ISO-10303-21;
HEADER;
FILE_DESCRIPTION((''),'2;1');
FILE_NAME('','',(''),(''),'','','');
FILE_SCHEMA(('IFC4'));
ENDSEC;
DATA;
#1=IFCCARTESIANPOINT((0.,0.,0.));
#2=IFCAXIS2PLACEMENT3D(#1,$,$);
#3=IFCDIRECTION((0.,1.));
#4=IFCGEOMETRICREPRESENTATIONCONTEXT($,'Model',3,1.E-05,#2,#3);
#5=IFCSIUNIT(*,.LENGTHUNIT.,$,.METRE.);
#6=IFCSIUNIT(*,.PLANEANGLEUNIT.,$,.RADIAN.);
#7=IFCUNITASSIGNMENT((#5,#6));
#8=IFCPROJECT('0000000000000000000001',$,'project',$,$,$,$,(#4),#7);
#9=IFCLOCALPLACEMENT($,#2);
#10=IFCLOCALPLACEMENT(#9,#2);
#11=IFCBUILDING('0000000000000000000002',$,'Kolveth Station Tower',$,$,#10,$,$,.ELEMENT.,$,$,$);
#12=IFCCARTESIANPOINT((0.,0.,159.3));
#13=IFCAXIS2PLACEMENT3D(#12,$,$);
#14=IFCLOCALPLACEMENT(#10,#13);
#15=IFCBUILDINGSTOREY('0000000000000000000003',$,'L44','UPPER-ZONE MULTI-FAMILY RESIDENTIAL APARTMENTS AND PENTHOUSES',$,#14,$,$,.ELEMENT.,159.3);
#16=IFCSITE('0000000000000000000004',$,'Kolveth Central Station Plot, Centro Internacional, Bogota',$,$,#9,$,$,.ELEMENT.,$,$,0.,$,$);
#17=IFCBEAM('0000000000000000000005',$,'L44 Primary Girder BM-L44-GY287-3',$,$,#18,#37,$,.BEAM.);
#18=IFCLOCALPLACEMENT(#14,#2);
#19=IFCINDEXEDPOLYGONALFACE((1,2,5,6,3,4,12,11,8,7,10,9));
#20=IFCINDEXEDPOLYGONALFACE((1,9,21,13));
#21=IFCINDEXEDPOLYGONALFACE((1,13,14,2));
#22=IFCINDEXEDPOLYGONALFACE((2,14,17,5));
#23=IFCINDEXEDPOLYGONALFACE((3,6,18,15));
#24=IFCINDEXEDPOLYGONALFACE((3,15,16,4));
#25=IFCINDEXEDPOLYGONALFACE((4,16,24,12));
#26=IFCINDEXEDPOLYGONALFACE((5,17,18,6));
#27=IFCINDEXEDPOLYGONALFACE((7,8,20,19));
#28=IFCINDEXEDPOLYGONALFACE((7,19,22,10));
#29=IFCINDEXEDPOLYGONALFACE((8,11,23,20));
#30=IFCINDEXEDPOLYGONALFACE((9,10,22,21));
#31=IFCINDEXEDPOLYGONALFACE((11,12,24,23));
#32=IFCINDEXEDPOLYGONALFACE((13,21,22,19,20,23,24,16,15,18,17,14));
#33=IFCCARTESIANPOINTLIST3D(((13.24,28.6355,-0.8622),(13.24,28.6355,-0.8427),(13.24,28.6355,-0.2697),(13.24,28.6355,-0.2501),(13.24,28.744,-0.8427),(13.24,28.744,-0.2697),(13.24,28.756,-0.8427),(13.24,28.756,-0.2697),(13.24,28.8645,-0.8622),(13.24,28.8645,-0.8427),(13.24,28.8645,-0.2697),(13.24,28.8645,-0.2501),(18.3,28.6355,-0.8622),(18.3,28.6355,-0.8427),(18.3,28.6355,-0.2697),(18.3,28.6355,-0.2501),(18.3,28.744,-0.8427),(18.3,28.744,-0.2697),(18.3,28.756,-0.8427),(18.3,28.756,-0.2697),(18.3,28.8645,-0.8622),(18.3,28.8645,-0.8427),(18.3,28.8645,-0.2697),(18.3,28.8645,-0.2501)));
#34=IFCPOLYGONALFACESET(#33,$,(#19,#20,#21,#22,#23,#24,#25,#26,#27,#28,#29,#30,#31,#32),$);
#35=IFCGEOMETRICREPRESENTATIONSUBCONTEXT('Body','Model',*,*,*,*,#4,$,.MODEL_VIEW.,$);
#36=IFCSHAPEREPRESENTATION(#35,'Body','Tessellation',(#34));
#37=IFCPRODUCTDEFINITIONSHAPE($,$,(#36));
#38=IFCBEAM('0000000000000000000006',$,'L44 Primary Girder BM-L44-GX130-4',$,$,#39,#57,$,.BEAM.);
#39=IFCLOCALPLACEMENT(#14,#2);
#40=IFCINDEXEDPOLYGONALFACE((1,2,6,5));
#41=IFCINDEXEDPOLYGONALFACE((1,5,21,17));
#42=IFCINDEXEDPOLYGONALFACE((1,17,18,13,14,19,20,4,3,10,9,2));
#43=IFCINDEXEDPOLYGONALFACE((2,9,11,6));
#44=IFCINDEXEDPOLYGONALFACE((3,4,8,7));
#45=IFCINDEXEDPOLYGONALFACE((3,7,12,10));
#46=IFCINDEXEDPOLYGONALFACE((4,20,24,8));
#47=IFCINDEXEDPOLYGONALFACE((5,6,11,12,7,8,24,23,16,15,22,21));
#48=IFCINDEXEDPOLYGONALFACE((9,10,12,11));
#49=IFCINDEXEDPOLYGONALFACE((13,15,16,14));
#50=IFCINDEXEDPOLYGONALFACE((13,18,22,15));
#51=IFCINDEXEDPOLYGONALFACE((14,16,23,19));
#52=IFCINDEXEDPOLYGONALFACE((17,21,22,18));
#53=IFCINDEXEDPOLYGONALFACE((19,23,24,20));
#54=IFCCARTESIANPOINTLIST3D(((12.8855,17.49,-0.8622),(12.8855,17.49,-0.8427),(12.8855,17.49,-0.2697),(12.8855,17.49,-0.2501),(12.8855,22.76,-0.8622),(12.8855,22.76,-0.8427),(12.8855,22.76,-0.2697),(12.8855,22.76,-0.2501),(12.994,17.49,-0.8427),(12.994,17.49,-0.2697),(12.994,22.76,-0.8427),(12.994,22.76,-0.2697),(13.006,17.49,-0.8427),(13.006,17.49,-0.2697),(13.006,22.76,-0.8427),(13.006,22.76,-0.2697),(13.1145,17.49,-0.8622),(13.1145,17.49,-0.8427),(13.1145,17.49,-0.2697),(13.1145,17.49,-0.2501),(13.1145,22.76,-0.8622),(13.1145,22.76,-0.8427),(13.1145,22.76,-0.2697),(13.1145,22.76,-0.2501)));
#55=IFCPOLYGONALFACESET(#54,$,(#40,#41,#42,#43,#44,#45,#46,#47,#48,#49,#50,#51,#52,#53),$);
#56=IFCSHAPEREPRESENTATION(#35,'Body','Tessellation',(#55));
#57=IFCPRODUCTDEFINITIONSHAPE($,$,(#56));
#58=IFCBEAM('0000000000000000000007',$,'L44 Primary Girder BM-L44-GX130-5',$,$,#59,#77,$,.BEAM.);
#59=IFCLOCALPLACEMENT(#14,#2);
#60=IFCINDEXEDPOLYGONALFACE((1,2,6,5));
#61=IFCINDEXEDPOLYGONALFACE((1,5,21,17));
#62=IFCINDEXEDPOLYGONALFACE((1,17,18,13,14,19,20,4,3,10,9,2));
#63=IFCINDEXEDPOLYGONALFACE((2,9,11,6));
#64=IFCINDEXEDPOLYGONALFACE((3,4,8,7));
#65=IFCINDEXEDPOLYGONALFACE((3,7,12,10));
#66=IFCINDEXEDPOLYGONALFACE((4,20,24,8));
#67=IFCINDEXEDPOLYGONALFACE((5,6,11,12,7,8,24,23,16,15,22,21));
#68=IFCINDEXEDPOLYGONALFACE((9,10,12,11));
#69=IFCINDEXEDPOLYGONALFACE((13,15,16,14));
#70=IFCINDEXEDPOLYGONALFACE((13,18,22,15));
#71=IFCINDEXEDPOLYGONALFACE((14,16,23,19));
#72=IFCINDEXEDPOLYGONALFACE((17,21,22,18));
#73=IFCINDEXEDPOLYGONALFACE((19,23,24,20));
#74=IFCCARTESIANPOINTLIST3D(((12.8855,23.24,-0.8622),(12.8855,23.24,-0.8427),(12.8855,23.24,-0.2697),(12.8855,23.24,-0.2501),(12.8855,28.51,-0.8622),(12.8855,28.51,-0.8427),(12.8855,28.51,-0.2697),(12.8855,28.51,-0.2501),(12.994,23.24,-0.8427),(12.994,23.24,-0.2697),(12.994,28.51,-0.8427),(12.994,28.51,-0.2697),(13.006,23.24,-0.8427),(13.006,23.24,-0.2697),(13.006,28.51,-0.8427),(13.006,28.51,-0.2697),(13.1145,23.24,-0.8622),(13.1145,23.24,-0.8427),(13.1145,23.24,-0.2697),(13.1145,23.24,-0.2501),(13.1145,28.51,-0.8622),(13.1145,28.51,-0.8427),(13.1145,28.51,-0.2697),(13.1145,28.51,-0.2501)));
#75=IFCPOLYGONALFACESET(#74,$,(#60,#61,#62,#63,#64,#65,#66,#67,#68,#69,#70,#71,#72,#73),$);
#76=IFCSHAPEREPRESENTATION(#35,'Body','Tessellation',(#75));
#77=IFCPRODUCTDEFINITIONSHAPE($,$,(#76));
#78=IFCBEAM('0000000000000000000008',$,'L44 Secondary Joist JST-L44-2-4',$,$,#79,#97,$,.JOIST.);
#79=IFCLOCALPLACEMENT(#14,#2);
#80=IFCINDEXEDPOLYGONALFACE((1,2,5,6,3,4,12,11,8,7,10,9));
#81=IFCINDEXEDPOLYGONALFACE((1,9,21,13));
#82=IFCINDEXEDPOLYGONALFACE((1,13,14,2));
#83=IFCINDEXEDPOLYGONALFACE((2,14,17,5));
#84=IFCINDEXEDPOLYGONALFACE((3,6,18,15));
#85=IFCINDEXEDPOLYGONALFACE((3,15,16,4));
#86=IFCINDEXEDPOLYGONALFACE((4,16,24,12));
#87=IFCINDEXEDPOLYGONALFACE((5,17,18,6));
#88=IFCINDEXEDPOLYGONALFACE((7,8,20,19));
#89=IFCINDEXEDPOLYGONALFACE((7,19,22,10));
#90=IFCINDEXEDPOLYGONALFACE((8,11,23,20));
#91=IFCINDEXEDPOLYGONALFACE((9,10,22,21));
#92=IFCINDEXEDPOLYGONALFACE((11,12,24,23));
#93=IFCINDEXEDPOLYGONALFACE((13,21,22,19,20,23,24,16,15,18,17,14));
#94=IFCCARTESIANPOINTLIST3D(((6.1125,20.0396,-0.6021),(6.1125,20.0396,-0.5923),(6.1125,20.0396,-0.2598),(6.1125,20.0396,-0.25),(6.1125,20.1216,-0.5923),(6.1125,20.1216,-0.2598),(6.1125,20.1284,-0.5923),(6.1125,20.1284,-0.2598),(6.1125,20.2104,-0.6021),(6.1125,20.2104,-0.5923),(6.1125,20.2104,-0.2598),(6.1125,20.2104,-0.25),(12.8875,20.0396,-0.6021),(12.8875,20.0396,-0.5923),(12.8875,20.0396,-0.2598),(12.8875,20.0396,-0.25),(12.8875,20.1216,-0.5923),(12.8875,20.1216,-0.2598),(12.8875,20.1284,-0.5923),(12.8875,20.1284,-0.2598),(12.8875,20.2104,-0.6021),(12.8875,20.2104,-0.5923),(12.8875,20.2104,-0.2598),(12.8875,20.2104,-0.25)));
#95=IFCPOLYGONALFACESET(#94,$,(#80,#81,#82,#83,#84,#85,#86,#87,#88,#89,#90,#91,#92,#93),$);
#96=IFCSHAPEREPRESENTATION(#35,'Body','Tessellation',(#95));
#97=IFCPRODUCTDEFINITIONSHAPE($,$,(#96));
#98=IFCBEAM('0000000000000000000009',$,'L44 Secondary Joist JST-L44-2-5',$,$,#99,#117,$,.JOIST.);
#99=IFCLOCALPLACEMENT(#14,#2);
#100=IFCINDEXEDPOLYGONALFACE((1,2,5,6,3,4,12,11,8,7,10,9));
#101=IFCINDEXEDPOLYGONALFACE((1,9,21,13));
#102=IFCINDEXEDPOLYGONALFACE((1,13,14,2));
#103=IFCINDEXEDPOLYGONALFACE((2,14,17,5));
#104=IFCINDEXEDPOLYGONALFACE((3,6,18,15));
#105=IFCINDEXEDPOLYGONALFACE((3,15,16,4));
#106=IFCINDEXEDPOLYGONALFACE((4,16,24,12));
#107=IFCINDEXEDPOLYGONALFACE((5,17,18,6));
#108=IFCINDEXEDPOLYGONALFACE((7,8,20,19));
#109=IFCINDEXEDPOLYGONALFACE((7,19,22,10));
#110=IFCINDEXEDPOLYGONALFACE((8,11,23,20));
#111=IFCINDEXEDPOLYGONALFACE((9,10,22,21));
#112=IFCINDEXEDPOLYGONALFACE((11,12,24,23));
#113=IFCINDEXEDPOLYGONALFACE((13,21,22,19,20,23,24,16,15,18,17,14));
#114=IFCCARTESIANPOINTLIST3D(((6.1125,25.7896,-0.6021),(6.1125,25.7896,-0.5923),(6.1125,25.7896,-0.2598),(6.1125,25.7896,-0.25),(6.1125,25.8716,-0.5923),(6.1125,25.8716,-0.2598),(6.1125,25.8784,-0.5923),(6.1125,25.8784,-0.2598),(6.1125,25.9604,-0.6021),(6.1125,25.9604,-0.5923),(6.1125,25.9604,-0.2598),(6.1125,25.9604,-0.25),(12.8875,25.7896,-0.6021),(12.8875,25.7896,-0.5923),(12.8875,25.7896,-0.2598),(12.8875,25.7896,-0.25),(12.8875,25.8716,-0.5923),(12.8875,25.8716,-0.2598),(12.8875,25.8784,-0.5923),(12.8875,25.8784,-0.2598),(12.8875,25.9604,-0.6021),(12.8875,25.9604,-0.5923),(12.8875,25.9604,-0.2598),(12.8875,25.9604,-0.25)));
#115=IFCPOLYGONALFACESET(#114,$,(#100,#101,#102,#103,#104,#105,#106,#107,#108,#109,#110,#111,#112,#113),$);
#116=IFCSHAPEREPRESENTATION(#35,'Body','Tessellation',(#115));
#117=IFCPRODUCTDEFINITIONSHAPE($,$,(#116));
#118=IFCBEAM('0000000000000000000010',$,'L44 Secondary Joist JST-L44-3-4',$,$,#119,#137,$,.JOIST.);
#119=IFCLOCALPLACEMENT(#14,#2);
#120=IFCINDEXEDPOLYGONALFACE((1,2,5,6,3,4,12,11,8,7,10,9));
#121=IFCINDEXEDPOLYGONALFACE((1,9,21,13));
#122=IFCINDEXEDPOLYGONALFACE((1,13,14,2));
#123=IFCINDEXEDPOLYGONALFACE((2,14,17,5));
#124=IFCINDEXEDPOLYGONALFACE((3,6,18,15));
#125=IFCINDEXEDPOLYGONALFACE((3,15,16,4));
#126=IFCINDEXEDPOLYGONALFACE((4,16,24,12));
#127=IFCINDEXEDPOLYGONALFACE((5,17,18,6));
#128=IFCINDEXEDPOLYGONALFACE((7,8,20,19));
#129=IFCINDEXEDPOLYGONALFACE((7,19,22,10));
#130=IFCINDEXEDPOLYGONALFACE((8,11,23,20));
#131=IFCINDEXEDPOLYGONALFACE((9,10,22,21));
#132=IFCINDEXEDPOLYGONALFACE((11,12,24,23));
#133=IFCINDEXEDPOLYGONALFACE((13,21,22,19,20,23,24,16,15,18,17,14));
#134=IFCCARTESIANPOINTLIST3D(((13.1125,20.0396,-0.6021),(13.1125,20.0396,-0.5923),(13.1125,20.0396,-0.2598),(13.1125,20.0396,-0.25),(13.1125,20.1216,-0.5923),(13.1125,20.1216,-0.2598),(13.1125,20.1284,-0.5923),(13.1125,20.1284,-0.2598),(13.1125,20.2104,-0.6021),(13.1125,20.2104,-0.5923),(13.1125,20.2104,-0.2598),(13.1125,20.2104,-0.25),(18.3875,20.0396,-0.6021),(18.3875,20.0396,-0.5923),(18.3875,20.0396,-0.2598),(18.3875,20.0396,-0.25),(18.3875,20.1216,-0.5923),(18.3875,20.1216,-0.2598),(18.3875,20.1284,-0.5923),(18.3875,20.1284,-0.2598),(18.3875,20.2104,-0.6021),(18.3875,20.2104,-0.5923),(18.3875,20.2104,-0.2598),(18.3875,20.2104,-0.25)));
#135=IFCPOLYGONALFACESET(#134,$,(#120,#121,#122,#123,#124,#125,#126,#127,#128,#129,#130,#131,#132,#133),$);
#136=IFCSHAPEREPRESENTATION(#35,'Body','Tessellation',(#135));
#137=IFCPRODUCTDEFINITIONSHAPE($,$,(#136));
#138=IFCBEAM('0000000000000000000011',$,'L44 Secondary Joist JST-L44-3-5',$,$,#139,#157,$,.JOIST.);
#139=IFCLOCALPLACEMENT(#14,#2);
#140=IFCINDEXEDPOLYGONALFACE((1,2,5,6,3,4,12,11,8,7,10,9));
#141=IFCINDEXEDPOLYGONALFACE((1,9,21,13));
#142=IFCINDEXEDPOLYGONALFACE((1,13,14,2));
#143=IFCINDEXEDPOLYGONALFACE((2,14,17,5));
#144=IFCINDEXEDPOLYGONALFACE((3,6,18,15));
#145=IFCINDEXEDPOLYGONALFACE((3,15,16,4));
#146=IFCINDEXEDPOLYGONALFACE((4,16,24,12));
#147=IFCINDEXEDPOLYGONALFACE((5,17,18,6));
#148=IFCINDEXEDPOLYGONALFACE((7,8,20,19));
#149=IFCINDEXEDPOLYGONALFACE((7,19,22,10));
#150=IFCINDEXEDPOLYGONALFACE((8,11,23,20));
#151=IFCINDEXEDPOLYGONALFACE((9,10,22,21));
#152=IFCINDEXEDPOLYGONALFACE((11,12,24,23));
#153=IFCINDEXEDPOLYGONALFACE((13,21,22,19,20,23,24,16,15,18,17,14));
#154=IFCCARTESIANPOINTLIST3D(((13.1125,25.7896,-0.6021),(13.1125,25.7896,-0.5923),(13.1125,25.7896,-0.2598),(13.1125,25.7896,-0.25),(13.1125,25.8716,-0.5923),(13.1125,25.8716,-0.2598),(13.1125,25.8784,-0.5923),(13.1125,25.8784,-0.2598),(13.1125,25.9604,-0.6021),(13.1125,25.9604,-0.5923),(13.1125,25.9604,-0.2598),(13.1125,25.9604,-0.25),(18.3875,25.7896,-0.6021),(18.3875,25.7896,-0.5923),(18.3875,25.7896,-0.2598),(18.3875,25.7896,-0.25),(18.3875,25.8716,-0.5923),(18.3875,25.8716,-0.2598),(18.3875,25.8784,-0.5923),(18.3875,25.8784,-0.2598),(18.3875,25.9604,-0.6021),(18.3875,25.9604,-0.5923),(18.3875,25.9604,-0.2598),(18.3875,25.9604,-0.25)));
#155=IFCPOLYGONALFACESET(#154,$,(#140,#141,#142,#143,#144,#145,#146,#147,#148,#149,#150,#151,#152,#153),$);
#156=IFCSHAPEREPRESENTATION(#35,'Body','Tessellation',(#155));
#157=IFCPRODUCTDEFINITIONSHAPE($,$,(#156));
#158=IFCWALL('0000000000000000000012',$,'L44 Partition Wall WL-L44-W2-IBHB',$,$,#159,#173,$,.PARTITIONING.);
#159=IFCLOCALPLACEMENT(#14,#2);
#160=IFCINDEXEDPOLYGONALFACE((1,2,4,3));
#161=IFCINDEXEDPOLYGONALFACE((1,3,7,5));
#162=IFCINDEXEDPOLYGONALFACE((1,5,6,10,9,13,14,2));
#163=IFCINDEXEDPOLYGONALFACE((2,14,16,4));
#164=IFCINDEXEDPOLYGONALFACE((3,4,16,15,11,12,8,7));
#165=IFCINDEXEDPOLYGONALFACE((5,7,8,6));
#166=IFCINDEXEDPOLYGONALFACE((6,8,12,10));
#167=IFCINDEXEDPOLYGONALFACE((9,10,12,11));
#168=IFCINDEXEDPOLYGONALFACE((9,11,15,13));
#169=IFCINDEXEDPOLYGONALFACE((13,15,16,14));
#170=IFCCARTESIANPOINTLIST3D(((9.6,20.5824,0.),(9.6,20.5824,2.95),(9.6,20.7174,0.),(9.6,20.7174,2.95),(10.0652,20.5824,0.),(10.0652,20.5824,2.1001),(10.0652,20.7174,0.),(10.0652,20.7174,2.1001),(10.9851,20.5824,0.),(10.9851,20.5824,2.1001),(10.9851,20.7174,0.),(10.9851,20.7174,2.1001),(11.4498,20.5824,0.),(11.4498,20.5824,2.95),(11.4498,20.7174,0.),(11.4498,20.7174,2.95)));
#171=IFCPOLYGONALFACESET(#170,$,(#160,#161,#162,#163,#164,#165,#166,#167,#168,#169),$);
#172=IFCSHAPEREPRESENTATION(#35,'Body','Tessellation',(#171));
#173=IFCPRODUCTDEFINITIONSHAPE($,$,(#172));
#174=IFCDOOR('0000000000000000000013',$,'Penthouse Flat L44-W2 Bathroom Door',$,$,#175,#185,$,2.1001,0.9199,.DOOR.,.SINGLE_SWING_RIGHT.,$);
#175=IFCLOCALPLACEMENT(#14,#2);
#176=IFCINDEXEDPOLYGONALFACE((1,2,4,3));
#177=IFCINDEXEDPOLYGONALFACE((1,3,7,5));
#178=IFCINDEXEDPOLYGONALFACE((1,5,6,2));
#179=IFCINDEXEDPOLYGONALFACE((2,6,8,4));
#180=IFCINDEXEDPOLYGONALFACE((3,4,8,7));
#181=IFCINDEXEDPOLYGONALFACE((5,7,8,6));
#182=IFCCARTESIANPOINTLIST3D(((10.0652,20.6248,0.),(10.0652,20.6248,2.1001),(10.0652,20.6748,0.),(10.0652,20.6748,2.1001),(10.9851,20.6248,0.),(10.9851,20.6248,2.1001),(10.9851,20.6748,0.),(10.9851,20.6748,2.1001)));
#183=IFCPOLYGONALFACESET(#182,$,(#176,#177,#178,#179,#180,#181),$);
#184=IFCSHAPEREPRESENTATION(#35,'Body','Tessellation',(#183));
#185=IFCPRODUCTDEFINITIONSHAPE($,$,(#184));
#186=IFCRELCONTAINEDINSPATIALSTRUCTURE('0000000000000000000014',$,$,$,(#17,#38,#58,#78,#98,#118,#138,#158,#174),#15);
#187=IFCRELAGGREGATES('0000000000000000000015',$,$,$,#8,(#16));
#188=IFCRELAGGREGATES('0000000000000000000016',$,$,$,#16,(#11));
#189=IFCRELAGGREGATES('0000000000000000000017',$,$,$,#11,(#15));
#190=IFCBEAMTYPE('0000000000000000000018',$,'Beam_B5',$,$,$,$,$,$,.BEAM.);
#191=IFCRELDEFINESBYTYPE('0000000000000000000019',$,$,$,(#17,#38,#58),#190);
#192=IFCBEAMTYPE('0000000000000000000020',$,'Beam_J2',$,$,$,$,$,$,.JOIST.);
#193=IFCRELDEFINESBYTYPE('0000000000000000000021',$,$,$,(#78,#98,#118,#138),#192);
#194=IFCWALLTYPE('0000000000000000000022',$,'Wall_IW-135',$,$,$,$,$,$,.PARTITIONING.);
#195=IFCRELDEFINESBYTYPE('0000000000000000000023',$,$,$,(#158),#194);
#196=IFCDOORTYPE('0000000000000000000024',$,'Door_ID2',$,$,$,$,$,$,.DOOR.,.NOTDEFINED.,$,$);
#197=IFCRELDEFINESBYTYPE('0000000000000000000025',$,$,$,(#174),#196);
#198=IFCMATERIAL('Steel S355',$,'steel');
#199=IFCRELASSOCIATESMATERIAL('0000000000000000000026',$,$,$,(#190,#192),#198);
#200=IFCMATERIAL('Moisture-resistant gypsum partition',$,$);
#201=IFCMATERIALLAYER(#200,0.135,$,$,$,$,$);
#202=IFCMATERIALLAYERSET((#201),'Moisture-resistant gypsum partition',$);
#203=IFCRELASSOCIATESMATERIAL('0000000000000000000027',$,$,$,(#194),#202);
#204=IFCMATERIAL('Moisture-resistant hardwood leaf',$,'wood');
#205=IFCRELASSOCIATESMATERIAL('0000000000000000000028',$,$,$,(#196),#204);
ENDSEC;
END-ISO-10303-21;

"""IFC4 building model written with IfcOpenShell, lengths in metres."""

from ifc_helpers import new_model, si_unit, direction, frame, frame_2d, origin, origin_2d, place, context, subcontext, project, spatial, rectangle, i_section, extrude, source, transform, mapped, material, layer, layer_set, material_profile, profile_set, type_object, element, fill, save


model = new_model("IFC4")

# Units and contexts
model_context = context("Model", 3, precision=1e-05, world=origin(), true_north=direction((0.0, 1.0)))
body_context = subcontext(model_context, "Body", "Model", "MODEL_VIEW")
ifc_project = project(units=[si_unit("LENGTHUNIT", "METRE"), si_unit("PLANEANGLEUNIT", "RADIAN")], contexts=[model_context])

# Site, building, storey
site_placement = place(None, origin())
site = spatial("IfcSite", under=ifc_project, at=site_placement, Name="Kolveth Central Station Plot, Centro Internacional, Bogota", CompositionType="ELEMENT", RefElevation=0.0)
building_placement = place(site_placement, origin())
building = spatial("IfcBuilding", under=site, at=building_placement, Name="Kolveth Station Tower", CompositionType="ELEMENT")
storey_placement = place(building_placement, frame((0.0, 0.0, 159.3)))
storey = spatial("IfcBuildingStorey", under=building, at=storey_placement, Name="L44", Description="UPPER-ZONE MULTI-FAMILY RESIDENTIAL APARTMENTS AND PENTHOUSES", CompositionType="ELEMENT", Elevation=159.3)

# Shared definitions
ifc_material_1 = material(Name="Steel S355", Category="steel")

# Beams
ifc_material_profile_1 = material_profile(ifc_material_1, i_section(OverallWidth=0.229, OverallDepth=0.6121, WebThickness=0.012, FlangeThickness=0.0195, at=origin_2d()), Name="W610x125")
ifc_profile_set_1 = profile_set([ifc_material_profile_1], Name="Steel S355")
beam_type_1 = type_object("IfcBeamType", Name="Beam_B5", PredefinedType="BEAM", material=ifc_profile_set_1)
shared_shape_1 = source(origin(), body_context, "Body", "SweptSolid", [
    extrude(i_section(OverallWidth=0.229, OverallDepth=0.6121, WebThickness=0.012, FlangeThickness=0.0195, at=origin_2d()), origin(), (0.0, 0.0, 1.0), 5.0601),
])
for number, where, z_axis, x_axis, name in (
    (1, (13.24, 28.75, -0.5562), (1.0, 0.0, 0.0), (0.0, 1.0, 0.0), "L44 Primary Girder BM-L44-GY287-3"),
):
    element("IfcBeam", number, at=place(storey_placement, frame(where, z_axis=z_axis, x_axis=x_axis)), inside=storey, type_object=beam_type_1, Name=name, PredefinedType="BEAM", context=body_context, shape_type="MappedRepresentation", body=[
        mapped(shared_shape_1, transform((0.0, 0.0, 0.0), x_axis=(1.0, 0.0, 0.0), y_axis=(0.0, 1.0, 0.0), z_axis=(0.0, 0.0, 1.0), scale=1.0)),
    ])
shared_shape_2 = source(origin(), body_context, "Body", "SweptSolid", [
    extrude(i_section(OverallWidth=0.229, OverallDepth=0.6121, WebThickness=0.012, FlangeThickness=0.0195, at=origin_2d()), origin(), (0.0, 0.0, 1.0), 5.27),
])
for number, where, z_axis, x_axis, name in (
    (2, (13.0, 17.49, -0.5562), (0.0, 1.0, 0.0), (-1.0, 0.0, 0.0), "L44 Primary Girder BM-L44-GX130-4"),
    (3, (13.0, 23.24, -0.5562), (0.0, 1.0, 0.0), (-1.0, 0.0, 0.0), "L44 Primary Girder BM-L44-GX130-5"),
):
    element("IfcBeam", number, at=place(storey_placement, frame(where, z_axis=z_axis, x_axis=x_axis)), inside=storey, type_object=beam_type_1, Name=name, PredefinedType="BEAM", context=body_context, shape_type="MappedRepresentation", body=[
        mapped(shared_shape_2, transform((0.0, 0.0, 0.0), x_axis=(1.0, 0.0, 0.0), y_axis=(0.0, 1.0, 0.0), z_axis=(0.0, 0.0, 1.0), scale=1.0)),
    ])
ifc_material_profile_2 = material_profile(ifc_material_1, i_section(OverallWidth=0.1709, OverallDepth=0.3521, WebThickness=0.0068, FlangeThickness=0.0098, at=origin_2d()), Name="W360x44")
ifc_profile_set_2 = profile_set([ifc_material_profile_2], Name="Steel S355")
beam_type_2 = type_object("IfcBeamType", Name="Beam_J2", PredefinedType="JOIST", material=ifc_profile_set_2)
shared_shape_3 = source(origin(), body_context, "Body", "SweptSolid", [
    extrude(i_section(OverallWidth=0.1709, OverallDepth=0.3521, WebThickness=0.0068, FlangeThickness=0.0098, at=origin_2d()), origin(), (0.0, 0.0, 1.0), 6.7749),
])
for number, where, z_axis, x_axis, name in (
    (4, (6.1125, 20.125, -0.426), (1.0, 0.0, 0.0), (0.0, 1.0, 0.0), "L44 Secondary Joist JST-L44-2-4"),
    (5, (6.1125, 25.875, -0.426), (1.0, 0.0, 0.0), (0.0, 1.0, 0.0), "L44 Secondary Joist JST-L44-2-5"),
):
    element("IfcBeam", number, at=place(storey_placement, frame(where, z_axis=z_axis, x_axis=x_axis)), inside=storey, type_object=beam_type_2, Name=name, PredefinedType="JOIST", context=body_context, shape_type="MappedRepresentation", body=[
        mapped(shared_shape_3, transform((0.0, 0.0, 0.0), x_axis=(1.0, 0.0, 0.0), y_axis=(0.0, 1.0, 0.0), z_axis=(0.0, 0.0, 1.0), scale=1.0)),
    ])
shared_shape_4 = source(origin(), body_context, "Body", "SweptSolid", [
    extrude(i_section(OverallWidth=0.1709, OverallDepth=0.3521, WebThickness=0.0068, FlangeThickness=0.0098, at=origin_2d()), origin(), (0.0, 0.0, 1.0), 5.2749),
])
for number, where, z_axis, x_axis, name in (
    (6, (13.1125, 20.125, -0.426), (1.0, 0.0, 0.0), (0.0, 1.0, 0.0), "L44 Secondary Joist JST-L44-3-4"),
    (7, (13.1125, 25.875, -0.426), (1.0, 0.0, 0.0), (0.0, 1.0, 0.0), "L44 Secondary Joist JST-L44-3-5"),
):
    element("IfcBeam", number, at=place(storey_placement, frame(where, z_axis=z_axis, x_axis=x_axis)), inside=storey, type_object=beam_type_2, Name=name, PredefinedType="JOIST", context=body_context, shape_type="MappedRepresentation", body=[
        mapped(shared_shape_4, transform((0.0, 0.0, 0.0), x_axis=(1.0, 0.0, 0.0), y_axis=(0.0, 1.0, 0.0), z_axis=(0.0, 0.0, 1.0), scale=1.0)),
    ])

# Wall, opening, door
ifc_material_2 = material(Name="Moisture-resistant gypsum partition")
ifc_layer_1 = layer(ifc_material_2, 0.135)
ifc_layer_set_1 = layer_set([ifc_layer_1], Name="Moisture-resistant gypsum partition")
wall_type_1 = type_object("IfcWallType", Name="Wall_IW-135", PredefinedType="PARTITIONING", material=ifc_layer_set_1)
wall_1_placement = place(storey_placement, frame((9.6001, 20.6499, 0.0), z_axis=(0.0, 0.0, 1.0), x_axis=(1.0, 0.0, 0.0)))
wall_1 = element("IfcWall", 8, at=wall_1_placement, inside=storey, type_object=wall_type_1, Name="L44 Partition Wall WL-L44-W2-IBHB", PredefinedType="PARTITIONING", context=body_context, shape_type="SweptSolid", body=[
    extrude(rectangle(XDim=1.8499, YDim=0.135, at=frame_2d((0.9248, 0.0))), origin(), (0.0, 0.0, 1.0), 2.95),
])
opening_1_placement = place(wall_1_placement, frame((0.4651, 0.0, 0.0)))
opening_1 = element("IfcOpeningElement", 9, at=opening_1_placement, cuts=wall_1, PredefinedType="OPENING", context=body_context, shape_type="SweptSolid", body=[
    extrude(rectangle(XDim=0.9199, YDim=2.1001, at=frame_2d((0.46, 1.05))), frame((0.0, 0.0774, 0.0), z_axis=(0.0, -1.0, 0.0), x_axis=(1.0, 0.0, 0.0)), (0.0, 0.0, 1.0), 0.155),
])
ifc_material_3 = material(Name="Moisture-resistant hardwood leaf", Category="wood")
door_type_1 = type_object("IfcDoorType", Name="Door_ID2", OperationType="NOTDEFINED", PredefinedType="DOOR", material=ifc_material_3)
door_1_placement = place(opening_1_placement, origin())
door_1 = element("IfcDoor", 10, at=door_1_placement, inside=storey, type_object=door_type_1, Name="Penthouse Flat L44-W2 Bathroom Door", OperationType="SINGLE_SWING_RIGHT", OverallHeight=2.1001, OverallWidth=0.9199, PredefinedType="DOOR", context=body_context, shape_type="SweptSolid", body=[
    extrude(rectangle(XDim=0.9199, YDim=2.1001, at=frame_2d((0.46, 1.05))), frame((0.0, 0.0249, 0.0), z_axis=(0.0, -1.0, 0.0), x_axis=(1.0, 0.0, 0.0)), (0.0, 0.0, 1.0), 0.05),
])
fill(opening_1, door_1)

save(model, "model.ifc")
